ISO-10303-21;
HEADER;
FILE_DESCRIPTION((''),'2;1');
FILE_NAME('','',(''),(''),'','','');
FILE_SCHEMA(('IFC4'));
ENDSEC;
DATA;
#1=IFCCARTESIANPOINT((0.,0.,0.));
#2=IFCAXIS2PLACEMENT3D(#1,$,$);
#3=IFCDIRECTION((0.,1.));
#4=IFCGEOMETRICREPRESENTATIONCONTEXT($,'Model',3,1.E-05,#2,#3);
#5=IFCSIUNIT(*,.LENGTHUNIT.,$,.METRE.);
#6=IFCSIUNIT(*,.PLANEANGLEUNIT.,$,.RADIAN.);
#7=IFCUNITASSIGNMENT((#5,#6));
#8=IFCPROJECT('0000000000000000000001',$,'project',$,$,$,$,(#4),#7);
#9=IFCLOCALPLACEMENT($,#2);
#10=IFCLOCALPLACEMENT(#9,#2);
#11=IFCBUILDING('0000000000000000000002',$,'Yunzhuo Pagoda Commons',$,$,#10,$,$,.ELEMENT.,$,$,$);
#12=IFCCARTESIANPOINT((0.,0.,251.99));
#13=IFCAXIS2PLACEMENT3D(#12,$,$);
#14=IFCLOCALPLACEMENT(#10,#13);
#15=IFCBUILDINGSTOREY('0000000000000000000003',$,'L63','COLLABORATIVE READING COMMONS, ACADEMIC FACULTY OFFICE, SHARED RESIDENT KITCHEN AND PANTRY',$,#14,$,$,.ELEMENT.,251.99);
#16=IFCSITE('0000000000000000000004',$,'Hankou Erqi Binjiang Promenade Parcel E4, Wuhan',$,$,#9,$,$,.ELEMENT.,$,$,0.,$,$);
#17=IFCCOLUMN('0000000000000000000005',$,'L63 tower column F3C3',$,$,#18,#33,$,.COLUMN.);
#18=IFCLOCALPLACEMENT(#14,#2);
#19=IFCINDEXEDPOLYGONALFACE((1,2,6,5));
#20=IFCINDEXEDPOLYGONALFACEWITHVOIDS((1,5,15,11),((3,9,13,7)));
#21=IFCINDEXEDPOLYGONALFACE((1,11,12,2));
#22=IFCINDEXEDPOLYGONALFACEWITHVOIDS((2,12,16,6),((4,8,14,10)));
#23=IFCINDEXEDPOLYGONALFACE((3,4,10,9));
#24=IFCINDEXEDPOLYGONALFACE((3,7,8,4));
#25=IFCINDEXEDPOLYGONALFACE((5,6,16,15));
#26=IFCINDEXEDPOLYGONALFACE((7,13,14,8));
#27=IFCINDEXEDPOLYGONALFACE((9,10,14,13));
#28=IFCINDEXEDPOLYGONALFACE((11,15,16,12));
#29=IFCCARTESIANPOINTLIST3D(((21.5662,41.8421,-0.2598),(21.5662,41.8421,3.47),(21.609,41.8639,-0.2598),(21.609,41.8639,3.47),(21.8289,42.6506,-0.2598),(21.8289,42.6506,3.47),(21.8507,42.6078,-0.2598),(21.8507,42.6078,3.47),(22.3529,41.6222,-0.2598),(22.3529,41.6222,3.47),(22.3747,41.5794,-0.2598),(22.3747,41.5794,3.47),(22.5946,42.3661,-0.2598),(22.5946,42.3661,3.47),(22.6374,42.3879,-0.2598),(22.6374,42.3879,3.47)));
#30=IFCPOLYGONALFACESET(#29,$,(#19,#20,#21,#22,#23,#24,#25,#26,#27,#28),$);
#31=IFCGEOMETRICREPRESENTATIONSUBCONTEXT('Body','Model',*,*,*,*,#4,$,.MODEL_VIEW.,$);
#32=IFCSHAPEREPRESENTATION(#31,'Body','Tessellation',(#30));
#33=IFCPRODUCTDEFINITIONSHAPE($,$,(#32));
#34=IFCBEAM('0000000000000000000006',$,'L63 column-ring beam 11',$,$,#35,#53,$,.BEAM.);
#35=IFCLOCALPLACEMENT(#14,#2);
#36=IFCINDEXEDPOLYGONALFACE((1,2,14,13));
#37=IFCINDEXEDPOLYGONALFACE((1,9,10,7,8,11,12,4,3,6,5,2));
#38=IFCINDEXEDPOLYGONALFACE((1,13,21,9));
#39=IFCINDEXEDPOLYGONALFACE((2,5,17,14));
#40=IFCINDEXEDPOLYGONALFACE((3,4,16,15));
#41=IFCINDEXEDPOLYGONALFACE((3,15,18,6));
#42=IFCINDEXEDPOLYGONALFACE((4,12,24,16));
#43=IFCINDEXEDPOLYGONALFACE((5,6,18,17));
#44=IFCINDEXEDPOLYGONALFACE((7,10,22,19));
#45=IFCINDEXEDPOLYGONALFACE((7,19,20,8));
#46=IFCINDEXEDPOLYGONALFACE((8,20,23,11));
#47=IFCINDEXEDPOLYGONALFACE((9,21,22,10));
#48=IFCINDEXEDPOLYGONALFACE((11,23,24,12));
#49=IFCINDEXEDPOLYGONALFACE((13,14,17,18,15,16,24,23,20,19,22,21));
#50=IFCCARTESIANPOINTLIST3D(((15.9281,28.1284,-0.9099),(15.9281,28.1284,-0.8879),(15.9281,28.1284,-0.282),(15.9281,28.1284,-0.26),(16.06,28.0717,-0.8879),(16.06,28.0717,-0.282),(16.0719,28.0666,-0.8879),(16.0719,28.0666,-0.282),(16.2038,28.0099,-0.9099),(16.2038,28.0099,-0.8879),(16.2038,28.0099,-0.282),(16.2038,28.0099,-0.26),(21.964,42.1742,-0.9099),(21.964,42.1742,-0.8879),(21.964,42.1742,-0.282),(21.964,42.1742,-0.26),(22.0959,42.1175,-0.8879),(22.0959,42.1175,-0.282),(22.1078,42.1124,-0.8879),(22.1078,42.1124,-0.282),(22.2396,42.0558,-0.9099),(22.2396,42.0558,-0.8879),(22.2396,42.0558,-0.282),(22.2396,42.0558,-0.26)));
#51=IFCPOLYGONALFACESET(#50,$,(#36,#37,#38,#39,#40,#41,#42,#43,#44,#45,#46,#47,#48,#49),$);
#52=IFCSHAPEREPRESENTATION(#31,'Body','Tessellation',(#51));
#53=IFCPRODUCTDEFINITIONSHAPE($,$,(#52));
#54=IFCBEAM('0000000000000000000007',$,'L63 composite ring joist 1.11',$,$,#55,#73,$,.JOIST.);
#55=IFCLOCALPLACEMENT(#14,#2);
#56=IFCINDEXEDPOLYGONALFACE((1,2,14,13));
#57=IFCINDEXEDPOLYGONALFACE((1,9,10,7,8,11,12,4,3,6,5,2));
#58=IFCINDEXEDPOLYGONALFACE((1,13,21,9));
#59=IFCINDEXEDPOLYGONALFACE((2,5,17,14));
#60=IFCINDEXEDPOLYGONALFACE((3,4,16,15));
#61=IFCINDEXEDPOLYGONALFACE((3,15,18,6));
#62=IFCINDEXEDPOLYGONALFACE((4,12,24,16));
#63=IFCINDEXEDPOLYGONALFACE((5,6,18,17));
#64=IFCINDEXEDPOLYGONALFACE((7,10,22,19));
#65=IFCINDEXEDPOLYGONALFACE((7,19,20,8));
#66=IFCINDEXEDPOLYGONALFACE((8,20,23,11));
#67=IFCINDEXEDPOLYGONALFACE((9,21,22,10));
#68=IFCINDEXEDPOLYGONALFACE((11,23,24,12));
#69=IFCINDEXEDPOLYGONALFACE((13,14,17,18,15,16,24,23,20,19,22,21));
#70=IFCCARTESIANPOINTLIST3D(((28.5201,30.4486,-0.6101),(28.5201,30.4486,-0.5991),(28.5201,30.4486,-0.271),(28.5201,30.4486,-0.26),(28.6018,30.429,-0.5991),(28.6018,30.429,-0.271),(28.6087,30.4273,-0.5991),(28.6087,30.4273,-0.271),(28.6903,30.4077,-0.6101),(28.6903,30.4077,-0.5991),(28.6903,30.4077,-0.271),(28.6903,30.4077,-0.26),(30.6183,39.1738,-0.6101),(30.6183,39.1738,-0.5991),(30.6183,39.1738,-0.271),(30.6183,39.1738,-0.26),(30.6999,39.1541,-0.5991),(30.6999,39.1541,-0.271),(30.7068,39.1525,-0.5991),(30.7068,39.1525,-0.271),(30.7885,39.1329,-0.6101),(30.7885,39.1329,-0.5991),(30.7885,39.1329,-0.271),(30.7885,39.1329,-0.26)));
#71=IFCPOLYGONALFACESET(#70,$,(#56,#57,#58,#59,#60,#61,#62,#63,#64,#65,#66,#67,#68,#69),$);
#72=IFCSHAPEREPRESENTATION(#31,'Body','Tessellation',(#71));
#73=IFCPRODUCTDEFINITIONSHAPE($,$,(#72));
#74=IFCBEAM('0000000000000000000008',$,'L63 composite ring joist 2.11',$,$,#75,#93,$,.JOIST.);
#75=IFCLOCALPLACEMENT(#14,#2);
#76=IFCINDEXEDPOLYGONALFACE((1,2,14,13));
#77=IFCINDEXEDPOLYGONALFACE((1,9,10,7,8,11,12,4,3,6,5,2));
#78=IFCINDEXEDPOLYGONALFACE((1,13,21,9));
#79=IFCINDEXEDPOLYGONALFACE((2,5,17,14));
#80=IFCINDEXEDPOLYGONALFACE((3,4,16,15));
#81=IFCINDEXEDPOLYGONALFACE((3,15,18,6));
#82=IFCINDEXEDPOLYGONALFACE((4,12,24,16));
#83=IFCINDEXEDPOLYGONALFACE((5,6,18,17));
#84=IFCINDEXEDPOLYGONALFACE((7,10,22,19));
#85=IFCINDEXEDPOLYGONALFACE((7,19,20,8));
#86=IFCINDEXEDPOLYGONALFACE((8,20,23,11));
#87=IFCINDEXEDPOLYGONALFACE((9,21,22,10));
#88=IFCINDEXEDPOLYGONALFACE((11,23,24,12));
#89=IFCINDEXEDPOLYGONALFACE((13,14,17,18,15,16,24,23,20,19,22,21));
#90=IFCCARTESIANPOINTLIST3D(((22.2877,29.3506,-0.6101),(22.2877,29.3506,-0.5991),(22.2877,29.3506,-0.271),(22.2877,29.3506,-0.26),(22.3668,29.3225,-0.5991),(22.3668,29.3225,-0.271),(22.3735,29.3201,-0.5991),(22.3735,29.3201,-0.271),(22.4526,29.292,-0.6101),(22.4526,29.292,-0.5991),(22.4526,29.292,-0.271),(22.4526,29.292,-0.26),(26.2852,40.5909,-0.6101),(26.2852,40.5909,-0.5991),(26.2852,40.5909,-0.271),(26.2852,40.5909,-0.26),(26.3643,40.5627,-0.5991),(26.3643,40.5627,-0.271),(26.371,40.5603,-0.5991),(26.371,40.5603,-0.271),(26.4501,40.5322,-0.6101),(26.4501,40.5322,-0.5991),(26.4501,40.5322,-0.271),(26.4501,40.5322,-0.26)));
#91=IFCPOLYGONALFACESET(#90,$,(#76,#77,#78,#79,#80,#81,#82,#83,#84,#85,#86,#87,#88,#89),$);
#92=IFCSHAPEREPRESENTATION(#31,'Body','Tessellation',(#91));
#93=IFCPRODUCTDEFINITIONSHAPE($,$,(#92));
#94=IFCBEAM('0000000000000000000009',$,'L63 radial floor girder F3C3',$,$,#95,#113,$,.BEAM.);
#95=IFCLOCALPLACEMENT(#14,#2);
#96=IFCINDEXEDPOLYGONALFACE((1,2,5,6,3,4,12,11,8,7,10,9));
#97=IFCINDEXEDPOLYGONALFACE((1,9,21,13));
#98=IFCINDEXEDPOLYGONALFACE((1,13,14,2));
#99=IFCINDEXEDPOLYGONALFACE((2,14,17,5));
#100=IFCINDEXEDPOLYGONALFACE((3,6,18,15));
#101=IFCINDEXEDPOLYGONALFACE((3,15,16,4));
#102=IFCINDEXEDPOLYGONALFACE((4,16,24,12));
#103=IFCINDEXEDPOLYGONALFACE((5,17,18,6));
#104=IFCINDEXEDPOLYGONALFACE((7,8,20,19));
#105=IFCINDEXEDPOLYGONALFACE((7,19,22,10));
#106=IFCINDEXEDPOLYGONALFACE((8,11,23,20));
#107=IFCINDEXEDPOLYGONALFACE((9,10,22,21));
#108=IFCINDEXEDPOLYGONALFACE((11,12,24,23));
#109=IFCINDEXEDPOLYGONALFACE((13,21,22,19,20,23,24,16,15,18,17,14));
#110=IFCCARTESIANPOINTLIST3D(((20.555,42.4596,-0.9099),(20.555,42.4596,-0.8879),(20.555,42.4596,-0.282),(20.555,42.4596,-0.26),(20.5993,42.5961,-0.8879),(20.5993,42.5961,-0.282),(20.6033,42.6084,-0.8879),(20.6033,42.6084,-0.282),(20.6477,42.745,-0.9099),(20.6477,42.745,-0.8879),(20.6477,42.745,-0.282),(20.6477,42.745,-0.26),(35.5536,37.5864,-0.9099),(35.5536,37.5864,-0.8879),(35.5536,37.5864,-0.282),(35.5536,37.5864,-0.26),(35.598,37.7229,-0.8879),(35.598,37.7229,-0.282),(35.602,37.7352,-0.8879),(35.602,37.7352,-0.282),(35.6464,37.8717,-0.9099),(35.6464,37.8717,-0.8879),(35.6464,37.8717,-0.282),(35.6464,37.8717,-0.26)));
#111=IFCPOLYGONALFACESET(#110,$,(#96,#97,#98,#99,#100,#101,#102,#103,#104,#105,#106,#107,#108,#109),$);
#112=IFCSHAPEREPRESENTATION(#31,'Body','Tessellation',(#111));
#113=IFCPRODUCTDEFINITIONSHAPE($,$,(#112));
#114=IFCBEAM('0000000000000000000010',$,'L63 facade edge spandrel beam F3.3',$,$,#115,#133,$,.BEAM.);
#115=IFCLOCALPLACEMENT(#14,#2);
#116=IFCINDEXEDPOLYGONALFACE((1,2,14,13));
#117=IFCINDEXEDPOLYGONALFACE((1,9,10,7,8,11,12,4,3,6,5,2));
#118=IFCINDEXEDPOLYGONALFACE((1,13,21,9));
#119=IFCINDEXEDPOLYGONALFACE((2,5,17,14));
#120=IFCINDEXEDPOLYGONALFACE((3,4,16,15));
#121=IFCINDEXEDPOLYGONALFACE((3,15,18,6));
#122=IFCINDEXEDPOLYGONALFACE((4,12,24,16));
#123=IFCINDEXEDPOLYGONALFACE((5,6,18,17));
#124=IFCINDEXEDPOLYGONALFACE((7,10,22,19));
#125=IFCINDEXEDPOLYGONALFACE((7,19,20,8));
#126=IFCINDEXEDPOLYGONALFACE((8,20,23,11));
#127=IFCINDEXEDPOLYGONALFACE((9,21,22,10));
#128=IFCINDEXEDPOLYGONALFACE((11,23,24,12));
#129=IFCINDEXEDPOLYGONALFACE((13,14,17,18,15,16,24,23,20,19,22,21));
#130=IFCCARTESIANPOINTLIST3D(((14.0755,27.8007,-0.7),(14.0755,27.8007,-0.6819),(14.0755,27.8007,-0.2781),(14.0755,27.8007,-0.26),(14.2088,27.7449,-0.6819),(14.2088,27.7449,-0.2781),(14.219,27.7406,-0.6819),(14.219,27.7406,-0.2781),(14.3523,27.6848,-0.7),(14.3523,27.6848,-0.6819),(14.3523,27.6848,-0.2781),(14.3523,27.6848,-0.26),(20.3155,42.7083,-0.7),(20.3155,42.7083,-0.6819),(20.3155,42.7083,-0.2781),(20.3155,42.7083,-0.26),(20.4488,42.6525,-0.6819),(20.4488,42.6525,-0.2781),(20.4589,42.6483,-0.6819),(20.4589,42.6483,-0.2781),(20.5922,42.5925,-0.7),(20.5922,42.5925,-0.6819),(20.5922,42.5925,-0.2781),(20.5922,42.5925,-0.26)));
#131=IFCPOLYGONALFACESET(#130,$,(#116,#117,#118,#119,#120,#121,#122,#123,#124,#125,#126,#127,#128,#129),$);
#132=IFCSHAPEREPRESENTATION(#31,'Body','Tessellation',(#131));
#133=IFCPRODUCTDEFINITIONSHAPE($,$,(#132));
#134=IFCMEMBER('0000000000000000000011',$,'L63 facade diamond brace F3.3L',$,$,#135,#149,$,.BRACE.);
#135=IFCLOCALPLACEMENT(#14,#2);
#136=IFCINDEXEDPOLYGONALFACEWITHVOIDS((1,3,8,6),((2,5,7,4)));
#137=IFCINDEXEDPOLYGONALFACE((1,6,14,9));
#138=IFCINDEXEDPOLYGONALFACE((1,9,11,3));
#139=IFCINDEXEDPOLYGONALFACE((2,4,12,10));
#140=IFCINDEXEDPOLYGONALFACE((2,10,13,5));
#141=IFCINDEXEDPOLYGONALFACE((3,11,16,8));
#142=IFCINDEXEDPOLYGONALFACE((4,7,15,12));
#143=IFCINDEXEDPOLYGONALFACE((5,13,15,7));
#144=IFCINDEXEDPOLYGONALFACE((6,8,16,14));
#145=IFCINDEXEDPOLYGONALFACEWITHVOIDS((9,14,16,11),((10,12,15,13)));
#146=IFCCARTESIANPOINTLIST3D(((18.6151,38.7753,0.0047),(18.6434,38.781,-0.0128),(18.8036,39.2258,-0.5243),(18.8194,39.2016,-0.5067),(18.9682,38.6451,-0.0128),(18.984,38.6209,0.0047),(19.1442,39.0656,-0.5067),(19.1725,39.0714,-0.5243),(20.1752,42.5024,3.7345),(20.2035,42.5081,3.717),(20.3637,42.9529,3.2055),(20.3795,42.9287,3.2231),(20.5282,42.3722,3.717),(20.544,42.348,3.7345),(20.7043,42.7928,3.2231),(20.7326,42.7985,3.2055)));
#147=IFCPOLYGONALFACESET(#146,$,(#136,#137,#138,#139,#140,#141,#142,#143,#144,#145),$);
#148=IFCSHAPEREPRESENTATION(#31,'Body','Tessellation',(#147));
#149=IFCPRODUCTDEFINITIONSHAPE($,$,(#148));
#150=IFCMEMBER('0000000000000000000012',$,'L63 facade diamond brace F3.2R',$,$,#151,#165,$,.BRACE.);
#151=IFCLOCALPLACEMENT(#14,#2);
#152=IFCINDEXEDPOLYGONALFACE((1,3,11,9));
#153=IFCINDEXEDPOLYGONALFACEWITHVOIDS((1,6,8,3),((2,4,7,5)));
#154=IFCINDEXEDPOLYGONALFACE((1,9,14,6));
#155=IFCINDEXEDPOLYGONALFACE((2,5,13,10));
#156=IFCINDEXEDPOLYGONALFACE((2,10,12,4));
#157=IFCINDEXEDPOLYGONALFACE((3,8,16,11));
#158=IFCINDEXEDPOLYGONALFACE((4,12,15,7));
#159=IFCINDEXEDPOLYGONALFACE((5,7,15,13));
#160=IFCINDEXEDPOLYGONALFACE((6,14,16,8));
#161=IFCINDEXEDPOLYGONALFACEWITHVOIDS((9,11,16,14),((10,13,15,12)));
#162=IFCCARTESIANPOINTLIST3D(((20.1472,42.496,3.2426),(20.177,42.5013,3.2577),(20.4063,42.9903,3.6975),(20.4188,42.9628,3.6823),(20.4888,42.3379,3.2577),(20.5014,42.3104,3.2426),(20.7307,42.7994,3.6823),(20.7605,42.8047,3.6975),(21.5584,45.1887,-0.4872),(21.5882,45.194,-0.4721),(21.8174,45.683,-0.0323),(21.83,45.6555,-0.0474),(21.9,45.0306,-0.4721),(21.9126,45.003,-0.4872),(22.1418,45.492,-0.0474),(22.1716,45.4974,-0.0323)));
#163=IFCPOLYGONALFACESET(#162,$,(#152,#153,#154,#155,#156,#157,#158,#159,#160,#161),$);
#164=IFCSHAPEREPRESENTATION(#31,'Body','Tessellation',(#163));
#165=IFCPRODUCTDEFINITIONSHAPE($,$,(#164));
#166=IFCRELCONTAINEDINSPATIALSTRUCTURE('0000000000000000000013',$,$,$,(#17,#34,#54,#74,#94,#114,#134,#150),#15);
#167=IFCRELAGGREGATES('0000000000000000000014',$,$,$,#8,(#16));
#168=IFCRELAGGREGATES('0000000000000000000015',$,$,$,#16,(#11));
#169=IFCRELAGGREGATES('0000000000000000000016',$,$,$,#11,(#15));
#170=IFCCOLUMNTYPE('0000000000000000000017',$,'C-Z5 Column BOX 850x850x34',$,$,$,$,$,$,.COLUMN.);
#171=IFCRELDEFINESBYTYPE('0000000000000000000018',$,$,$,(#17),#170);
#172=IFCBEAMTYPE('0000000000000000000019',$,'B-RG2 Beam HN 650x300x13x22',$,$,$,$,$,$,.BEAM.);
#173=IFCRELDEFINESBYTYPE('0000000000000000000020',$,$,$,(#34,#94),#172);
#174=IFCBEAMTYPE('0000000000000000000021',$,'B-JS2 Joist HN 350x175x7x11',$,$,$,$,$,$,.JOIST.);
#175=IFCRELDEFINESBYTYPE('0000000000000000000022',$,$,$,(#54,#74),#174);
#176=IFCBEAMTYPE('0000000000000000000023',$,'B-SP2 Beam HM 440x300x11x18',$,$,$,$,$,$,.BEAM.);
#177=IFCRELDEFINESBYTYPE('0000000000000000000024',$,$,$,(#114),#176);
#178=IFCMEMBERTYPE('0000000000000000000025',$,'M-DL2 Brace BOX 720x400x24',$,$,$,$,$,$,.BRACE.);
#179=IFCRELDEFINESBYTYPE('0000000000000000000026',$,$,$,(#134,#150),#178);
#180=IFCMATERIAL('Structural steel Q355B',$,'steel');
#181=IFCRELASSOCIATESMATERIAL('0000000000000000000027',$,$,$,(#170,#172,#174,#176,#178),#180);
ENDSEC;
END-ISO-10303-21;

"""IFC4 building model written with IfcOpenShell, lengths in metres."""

from ifc_helpers import new_model, si_unit, direction, frame, origin, origin_2d, place, context, subcontext, project, spatial, hollow_rectangle, i_section, extrude, source, transform, mapped, material, material_profile, profile_set, type_object, element, save


model = new_model("IFC4")

# Units and contexts
model_context = context("Model", 3, precision=1e-05, world=origin(), true_north=direction((0.0, 1.0)))
body_context = subcontext(model_context, "Body", "Model", "MODEL_VIEW")
ifc_project = project(units=[si_unit("LENGTHUNIT", "METRE"), si_unit("PLANEANGLEUNIT", "RADIAN")], contexts=[model_context])

# Site, building, storey
site_placement = place(None, origin())
site = spatial("IfcSite", under=ifc_project, at=site_placement, Name="Hankou Erqi Binjiang Promenade Parcel E4, Wuhan", CompositionType="ELEMENT", RefElevation=0.0)
building_placement = place(site_placement, origin())
building = spatial("IfcBuilding", under=site, at=building_placement, Name="Yunzhuo Pagoda Commons", CompositionType="ELEMENT")
storey_placement = place(building_placement, frame((0.0, 0.0, 251.99)))
storey = spatial("IfcBuildingStorey", under=building, at=storey_placement, Name="L63", Description="COLLABORATIVE READING COMMONS, ACADEMIC FACULTY OFFICE, SHARED RESIDENT KITCHEN AND PANTRY", CompositionType="ELEMENT", Elevation=251.99)

# Column
ifc_material_1 = material(Name="Structural steel Q355B", Category="steel")
ifc_material_profile_1 = material_profile(ifc_material_1, hollow_rectangle(XDim=0.8501, YDim=0.8501, WallThickness=0.0339, at=origin_2d()), Name="Structural steel Q355B")
ifc_profile_set_1 = profile_set([ifc_material_profile_1], Name="Structural steel Q355B")
column_type = type_object("IfcColumnType", Name="C-Z5 Column BOX 850x850x34", PredefinedType="COLUMN", material=ifc_profile_set_1)
shared_shape_1 = source(origin(), body_context, "Body", "SweptSolid", [
    extrude(hollow_rectangle(XDim=0.8501, YDim=0.8501, WallThickness=0.0339, at=origin_2d()), origin(), (0.0, 0.0, 1.0), 3.7297),
])
column_placement = place(storey_placement, frame((22.1018, 42.115, -0.2598), z_axis=(0.0, 0.0, 1.0), x_axis=(-0.309017, -0.951057, 0.0)))
element("IfcColumn", 1, at=column_placement, inside=storey, type_object=column_type, Name="L63 tower column F3C3", PredefinedType="COLUMN", context=body_context, shape_type="MappedRepresentation", body=[
    mapped(shared_shape_1, transform((0.0, 0.0, 0.0), scale=1.0)),
])

# Beams
ifc_material_profile_2 = material_profile(ifc_material_1, i_section(OverallWidth=0.3, OverallDepth=0.6499, WebThickness=0.0129, FlangeThickness=0.022, at=origin_2d()), Name="Structural steel Q355B")
ifc_profile_set_2 = profile_set([ifc_material_profile_2], Name="Structural steel Q355B")
beam_type_1 = type_object("IfcBeamType", Name="B-RG2 Beam HN 650x300x13x22", PredefinedType="BEAM", material=ifc_profile_set_2)
shared_shape_2 = source(origin(), body_context, "Body", "SweptSolid", [
    extrude(i_section(OverallWidth=0.3, OverallDepth=0.6499, WebThickness=0.0129, FlangeThickness=0.022, at=origin_2d()), origin(), (0.0, 0.0, 1.0), 15.2878),
])
beam_1_placement = place(storey_placement, frame((22.1018, 42.115, -0.585), z_axis=(-0.394815, -0.91876, 0.0), x_axis=(0.91876, -0.394815, 0.0)))
element("IfcBeam", 2, at=beam_1_placement, inside=storey, type_object=beam_type_1, Name="L63 column-ring beam 11", PredefinedType="BEAM", context=body_context, shape_type="MappedRepresentation", body=[
    mapped(shared_shape_2, transform((0.0, 0.0, 0.0), scale=1.0)),
])
ifc_material_profile_3 = material_profile(ifc_material_1, i_section(OverallWidth=0.175, OverallDepth=0.3501, WebThickness=0.0071, FlangeThickness=0.011, at=origin_2d()), Name="Structural steel Q355B")
ifc_profile_set_3 = profile_set([ifc_material_profile_3], Name="Structural steel Q355B")
beam_type_2 = type_object("IfcBeamType", Name="B-JS2 Joist HN 350x175x7x11", PredefinedType="JOIST", material=ifc_profile_set_3)
shared_shape_3 = source(origin(), body_context, "Body", "SweptSolid", [
    extrude(i_section(OverallWidth=0.175, OverallDepth=0.3501, WebThickness=0.0071, FlangeThickness=0.011, at=origin_2d()), origin(), (0.0, 0.0, 1.0), 8.9739),
])
beam_2_placement = place(storey_placement, frame((30.7034, 39.1533, -0.4351), z_axis=(-0.233807, -0.972283, 0.0), x_axis=(0.972283, -0.233807, 0.0)))
element("IfcBeam", 3, at=beam_2_placement, inside=storey, type_object=beam_type_2, Name="L63 composite ring joist 1.11", PredefinedType="JOIST", context=body_context, shape_type="MappedRepresentation", body=[
    mapped(shared_shape_3, transform((0.0, 0.0, 0.0), scale=1.0)),
])
shared_shape_4 = source(origin(), body_context, "Body", "SweptSolid", [
    extrude(i_section(OverallWidth=0.175, OverallDepth=0.3501, WebThickness=0.0071, FlangeThickness=0.011, at=origin_2d()), origin(), (0.0, 0.0, 1.0), 11.9299),
])
beam_3_placement = place(storey_placement, frame((26.3677, 40.5615, -0.4351), z_axis=(-0.335086, -0.942187, 0.0), x_axis=(0.942187, -0.335086, 0.0)))
element("IfcBeam", 4, at=beam_3_placement, inside=storey, type_object=beam_type_2, Name="L63 composite ring joist 2.11", PredefinedType="JOIST", context=body_context, shape_type="MappedRepresentation", body=[
    mapped(shared_shape_4, transform((0.0, 0.0, 0.0), scale=1.0)),
])
shared_shape_5 = source(origin(), body_context, "Body", "SweptSolid", [
    extrude(i_section(OverallWidth=0.3, OverallDepth=0.6499, WebThickness=0.0129, FlangeThickness=0.022, at=origin_2d()), origin(), (0.0, 0.0, 1.0), 15.7705),
])
beam_4_placement = place(storey_placement, frame((20.6013, 42.6023, -0.585), z_axis=(0.951059, -0.309011, 0.0), x_axis=(0.309011, 0.951059, 0.0)))
element("IfcBeam", 5, at=beam_4_placement, inside=storey, type_object=beam_type_1, Name="L63 radial floor girder F3C3", PredefinedType="BEAM", context=body_context, shape_type="MappedRepresentation", body=[
    mapped(shared_shape_5, transform((0.0, 0.0, 0.0), scale=1.0)),
])
ifc_material_profile_4 = material_profile(ifc_material_1, i_section(OverallWidth=0.3, OverallDepth=0.4399, WebThickness=0.011, FlangeThickness=0.0181, at=origin_2d()), Name="Structural steel Q355B")
ifc_profile_set_4 = profile_set([ifc_material_profile_4], Name="Structural steel Q355B")
beam_type_3 = type_object("IfcBeamType", Name="B-SP2 Beam HM 440x300x11x18", PredefinedType="BEAM", material=ifc_profile_set_4)
shared_shape_6 = source(origin(), body_context, "Body", "SweptSolid", [
    extrude(i_section(OverallWidth=0.3, OverallDepth=0.4399, WebThickness=0.011, FlangeThickness=0.0181, at=origin_2d()), origin(), (0.0, 0.0, 1.0), 16.1609),
])
beam_5_placement = place(storey_placement, frame((20.4539, 42.6504, -0.48), z_axis=(-0.386114, -0.922451, 0.0), x_axis=(0.922451, -0.386114, 0.0)))
element("IfcBeam", 6, at=beam_5_placement, inside=storey, type_object=beam_type_3, Name="L63 facade edge spandrel beam F3.3", PredefinedType="BEAM", context=body_context, shape_type="MappedRepresentation", body=[
    mapped(shared_shape_6, transform((0.0, 0.0, 0.0), scale=1.0)),
])

# Members
ifc_material_profile_5 = material_profile(ifc_material_1, hollow_rectangle(XDim=0.3999, YDim=0.72, WallThickness=0.0239, at=origin_2d()), Name="Structural steel Q355B")
ifc_profile_set_5 = profile_set([ifc_material_profile_5], Name="Structural steel Q355B")
member_type_1 = type_object("IfcMemberType", Name="M-DL2 Brace BOX 720x400x24", PredefinedType="BRACE", material=ifc_profile_set_5)
shared_shape_7 = source(origin(), body_context, "Body", "SweptSolid", [
    extrude(hollow_rectangle(XDim=0.3999, YDim=0.72, WallThickness=0.0239, at=origin_2d()), origin(), (0.0, 0.0, 1.0), 5.4988),
])
member_1_placement = place(storey_placement, frame((18.8938, 38.9233, -0.2598), z_axis=(0.283714, 0.677807, 0.678295), x_axis=(-0.92245, 0.386117, 0.0)))
element("IfcMember", 7, at=member_1_placement, inside=storey, type_object=member_type_1, Name="L63 facade diamond brace F3.3L", PredefinedType="BRACE", context=body_context, shape_type="MappedRepresentation", body=[
    mapped(shared_shape_7, transform((0.0, 0.0, 0.0), scale=1.0)),
])
shared_shape_8 = source(origin(), body_context, "Body", "SweptSolid", [
    extrude(hollow_rectangle(XDim=0.3999, YDim=0.72, WallThickness=0.0239, at=origin_2d()), origin(), (0.0, 0.0, 1.0), 4.8118),
])
member_2_placement = place(storey_placement, frame((21.865, 45.343, -0.2598), z_axis=(-0.293271, -0.5596, 0.775139), x_axis=(0.885736, -0.46419, 0.0)))
element("IfcMember", 8, at=member_2_placement, inside=storey, type_object=member_type_1, Name="L63 facade diamond brace F3.2R", PredefinedType="BRACE", context=body_context, shape_type="MappedRepresentation", body=[
    mapped(shared_shape_8, transform((0.0, 0.0, 0.0), scale=1.0)),
])

save(model, "model.ifc")
